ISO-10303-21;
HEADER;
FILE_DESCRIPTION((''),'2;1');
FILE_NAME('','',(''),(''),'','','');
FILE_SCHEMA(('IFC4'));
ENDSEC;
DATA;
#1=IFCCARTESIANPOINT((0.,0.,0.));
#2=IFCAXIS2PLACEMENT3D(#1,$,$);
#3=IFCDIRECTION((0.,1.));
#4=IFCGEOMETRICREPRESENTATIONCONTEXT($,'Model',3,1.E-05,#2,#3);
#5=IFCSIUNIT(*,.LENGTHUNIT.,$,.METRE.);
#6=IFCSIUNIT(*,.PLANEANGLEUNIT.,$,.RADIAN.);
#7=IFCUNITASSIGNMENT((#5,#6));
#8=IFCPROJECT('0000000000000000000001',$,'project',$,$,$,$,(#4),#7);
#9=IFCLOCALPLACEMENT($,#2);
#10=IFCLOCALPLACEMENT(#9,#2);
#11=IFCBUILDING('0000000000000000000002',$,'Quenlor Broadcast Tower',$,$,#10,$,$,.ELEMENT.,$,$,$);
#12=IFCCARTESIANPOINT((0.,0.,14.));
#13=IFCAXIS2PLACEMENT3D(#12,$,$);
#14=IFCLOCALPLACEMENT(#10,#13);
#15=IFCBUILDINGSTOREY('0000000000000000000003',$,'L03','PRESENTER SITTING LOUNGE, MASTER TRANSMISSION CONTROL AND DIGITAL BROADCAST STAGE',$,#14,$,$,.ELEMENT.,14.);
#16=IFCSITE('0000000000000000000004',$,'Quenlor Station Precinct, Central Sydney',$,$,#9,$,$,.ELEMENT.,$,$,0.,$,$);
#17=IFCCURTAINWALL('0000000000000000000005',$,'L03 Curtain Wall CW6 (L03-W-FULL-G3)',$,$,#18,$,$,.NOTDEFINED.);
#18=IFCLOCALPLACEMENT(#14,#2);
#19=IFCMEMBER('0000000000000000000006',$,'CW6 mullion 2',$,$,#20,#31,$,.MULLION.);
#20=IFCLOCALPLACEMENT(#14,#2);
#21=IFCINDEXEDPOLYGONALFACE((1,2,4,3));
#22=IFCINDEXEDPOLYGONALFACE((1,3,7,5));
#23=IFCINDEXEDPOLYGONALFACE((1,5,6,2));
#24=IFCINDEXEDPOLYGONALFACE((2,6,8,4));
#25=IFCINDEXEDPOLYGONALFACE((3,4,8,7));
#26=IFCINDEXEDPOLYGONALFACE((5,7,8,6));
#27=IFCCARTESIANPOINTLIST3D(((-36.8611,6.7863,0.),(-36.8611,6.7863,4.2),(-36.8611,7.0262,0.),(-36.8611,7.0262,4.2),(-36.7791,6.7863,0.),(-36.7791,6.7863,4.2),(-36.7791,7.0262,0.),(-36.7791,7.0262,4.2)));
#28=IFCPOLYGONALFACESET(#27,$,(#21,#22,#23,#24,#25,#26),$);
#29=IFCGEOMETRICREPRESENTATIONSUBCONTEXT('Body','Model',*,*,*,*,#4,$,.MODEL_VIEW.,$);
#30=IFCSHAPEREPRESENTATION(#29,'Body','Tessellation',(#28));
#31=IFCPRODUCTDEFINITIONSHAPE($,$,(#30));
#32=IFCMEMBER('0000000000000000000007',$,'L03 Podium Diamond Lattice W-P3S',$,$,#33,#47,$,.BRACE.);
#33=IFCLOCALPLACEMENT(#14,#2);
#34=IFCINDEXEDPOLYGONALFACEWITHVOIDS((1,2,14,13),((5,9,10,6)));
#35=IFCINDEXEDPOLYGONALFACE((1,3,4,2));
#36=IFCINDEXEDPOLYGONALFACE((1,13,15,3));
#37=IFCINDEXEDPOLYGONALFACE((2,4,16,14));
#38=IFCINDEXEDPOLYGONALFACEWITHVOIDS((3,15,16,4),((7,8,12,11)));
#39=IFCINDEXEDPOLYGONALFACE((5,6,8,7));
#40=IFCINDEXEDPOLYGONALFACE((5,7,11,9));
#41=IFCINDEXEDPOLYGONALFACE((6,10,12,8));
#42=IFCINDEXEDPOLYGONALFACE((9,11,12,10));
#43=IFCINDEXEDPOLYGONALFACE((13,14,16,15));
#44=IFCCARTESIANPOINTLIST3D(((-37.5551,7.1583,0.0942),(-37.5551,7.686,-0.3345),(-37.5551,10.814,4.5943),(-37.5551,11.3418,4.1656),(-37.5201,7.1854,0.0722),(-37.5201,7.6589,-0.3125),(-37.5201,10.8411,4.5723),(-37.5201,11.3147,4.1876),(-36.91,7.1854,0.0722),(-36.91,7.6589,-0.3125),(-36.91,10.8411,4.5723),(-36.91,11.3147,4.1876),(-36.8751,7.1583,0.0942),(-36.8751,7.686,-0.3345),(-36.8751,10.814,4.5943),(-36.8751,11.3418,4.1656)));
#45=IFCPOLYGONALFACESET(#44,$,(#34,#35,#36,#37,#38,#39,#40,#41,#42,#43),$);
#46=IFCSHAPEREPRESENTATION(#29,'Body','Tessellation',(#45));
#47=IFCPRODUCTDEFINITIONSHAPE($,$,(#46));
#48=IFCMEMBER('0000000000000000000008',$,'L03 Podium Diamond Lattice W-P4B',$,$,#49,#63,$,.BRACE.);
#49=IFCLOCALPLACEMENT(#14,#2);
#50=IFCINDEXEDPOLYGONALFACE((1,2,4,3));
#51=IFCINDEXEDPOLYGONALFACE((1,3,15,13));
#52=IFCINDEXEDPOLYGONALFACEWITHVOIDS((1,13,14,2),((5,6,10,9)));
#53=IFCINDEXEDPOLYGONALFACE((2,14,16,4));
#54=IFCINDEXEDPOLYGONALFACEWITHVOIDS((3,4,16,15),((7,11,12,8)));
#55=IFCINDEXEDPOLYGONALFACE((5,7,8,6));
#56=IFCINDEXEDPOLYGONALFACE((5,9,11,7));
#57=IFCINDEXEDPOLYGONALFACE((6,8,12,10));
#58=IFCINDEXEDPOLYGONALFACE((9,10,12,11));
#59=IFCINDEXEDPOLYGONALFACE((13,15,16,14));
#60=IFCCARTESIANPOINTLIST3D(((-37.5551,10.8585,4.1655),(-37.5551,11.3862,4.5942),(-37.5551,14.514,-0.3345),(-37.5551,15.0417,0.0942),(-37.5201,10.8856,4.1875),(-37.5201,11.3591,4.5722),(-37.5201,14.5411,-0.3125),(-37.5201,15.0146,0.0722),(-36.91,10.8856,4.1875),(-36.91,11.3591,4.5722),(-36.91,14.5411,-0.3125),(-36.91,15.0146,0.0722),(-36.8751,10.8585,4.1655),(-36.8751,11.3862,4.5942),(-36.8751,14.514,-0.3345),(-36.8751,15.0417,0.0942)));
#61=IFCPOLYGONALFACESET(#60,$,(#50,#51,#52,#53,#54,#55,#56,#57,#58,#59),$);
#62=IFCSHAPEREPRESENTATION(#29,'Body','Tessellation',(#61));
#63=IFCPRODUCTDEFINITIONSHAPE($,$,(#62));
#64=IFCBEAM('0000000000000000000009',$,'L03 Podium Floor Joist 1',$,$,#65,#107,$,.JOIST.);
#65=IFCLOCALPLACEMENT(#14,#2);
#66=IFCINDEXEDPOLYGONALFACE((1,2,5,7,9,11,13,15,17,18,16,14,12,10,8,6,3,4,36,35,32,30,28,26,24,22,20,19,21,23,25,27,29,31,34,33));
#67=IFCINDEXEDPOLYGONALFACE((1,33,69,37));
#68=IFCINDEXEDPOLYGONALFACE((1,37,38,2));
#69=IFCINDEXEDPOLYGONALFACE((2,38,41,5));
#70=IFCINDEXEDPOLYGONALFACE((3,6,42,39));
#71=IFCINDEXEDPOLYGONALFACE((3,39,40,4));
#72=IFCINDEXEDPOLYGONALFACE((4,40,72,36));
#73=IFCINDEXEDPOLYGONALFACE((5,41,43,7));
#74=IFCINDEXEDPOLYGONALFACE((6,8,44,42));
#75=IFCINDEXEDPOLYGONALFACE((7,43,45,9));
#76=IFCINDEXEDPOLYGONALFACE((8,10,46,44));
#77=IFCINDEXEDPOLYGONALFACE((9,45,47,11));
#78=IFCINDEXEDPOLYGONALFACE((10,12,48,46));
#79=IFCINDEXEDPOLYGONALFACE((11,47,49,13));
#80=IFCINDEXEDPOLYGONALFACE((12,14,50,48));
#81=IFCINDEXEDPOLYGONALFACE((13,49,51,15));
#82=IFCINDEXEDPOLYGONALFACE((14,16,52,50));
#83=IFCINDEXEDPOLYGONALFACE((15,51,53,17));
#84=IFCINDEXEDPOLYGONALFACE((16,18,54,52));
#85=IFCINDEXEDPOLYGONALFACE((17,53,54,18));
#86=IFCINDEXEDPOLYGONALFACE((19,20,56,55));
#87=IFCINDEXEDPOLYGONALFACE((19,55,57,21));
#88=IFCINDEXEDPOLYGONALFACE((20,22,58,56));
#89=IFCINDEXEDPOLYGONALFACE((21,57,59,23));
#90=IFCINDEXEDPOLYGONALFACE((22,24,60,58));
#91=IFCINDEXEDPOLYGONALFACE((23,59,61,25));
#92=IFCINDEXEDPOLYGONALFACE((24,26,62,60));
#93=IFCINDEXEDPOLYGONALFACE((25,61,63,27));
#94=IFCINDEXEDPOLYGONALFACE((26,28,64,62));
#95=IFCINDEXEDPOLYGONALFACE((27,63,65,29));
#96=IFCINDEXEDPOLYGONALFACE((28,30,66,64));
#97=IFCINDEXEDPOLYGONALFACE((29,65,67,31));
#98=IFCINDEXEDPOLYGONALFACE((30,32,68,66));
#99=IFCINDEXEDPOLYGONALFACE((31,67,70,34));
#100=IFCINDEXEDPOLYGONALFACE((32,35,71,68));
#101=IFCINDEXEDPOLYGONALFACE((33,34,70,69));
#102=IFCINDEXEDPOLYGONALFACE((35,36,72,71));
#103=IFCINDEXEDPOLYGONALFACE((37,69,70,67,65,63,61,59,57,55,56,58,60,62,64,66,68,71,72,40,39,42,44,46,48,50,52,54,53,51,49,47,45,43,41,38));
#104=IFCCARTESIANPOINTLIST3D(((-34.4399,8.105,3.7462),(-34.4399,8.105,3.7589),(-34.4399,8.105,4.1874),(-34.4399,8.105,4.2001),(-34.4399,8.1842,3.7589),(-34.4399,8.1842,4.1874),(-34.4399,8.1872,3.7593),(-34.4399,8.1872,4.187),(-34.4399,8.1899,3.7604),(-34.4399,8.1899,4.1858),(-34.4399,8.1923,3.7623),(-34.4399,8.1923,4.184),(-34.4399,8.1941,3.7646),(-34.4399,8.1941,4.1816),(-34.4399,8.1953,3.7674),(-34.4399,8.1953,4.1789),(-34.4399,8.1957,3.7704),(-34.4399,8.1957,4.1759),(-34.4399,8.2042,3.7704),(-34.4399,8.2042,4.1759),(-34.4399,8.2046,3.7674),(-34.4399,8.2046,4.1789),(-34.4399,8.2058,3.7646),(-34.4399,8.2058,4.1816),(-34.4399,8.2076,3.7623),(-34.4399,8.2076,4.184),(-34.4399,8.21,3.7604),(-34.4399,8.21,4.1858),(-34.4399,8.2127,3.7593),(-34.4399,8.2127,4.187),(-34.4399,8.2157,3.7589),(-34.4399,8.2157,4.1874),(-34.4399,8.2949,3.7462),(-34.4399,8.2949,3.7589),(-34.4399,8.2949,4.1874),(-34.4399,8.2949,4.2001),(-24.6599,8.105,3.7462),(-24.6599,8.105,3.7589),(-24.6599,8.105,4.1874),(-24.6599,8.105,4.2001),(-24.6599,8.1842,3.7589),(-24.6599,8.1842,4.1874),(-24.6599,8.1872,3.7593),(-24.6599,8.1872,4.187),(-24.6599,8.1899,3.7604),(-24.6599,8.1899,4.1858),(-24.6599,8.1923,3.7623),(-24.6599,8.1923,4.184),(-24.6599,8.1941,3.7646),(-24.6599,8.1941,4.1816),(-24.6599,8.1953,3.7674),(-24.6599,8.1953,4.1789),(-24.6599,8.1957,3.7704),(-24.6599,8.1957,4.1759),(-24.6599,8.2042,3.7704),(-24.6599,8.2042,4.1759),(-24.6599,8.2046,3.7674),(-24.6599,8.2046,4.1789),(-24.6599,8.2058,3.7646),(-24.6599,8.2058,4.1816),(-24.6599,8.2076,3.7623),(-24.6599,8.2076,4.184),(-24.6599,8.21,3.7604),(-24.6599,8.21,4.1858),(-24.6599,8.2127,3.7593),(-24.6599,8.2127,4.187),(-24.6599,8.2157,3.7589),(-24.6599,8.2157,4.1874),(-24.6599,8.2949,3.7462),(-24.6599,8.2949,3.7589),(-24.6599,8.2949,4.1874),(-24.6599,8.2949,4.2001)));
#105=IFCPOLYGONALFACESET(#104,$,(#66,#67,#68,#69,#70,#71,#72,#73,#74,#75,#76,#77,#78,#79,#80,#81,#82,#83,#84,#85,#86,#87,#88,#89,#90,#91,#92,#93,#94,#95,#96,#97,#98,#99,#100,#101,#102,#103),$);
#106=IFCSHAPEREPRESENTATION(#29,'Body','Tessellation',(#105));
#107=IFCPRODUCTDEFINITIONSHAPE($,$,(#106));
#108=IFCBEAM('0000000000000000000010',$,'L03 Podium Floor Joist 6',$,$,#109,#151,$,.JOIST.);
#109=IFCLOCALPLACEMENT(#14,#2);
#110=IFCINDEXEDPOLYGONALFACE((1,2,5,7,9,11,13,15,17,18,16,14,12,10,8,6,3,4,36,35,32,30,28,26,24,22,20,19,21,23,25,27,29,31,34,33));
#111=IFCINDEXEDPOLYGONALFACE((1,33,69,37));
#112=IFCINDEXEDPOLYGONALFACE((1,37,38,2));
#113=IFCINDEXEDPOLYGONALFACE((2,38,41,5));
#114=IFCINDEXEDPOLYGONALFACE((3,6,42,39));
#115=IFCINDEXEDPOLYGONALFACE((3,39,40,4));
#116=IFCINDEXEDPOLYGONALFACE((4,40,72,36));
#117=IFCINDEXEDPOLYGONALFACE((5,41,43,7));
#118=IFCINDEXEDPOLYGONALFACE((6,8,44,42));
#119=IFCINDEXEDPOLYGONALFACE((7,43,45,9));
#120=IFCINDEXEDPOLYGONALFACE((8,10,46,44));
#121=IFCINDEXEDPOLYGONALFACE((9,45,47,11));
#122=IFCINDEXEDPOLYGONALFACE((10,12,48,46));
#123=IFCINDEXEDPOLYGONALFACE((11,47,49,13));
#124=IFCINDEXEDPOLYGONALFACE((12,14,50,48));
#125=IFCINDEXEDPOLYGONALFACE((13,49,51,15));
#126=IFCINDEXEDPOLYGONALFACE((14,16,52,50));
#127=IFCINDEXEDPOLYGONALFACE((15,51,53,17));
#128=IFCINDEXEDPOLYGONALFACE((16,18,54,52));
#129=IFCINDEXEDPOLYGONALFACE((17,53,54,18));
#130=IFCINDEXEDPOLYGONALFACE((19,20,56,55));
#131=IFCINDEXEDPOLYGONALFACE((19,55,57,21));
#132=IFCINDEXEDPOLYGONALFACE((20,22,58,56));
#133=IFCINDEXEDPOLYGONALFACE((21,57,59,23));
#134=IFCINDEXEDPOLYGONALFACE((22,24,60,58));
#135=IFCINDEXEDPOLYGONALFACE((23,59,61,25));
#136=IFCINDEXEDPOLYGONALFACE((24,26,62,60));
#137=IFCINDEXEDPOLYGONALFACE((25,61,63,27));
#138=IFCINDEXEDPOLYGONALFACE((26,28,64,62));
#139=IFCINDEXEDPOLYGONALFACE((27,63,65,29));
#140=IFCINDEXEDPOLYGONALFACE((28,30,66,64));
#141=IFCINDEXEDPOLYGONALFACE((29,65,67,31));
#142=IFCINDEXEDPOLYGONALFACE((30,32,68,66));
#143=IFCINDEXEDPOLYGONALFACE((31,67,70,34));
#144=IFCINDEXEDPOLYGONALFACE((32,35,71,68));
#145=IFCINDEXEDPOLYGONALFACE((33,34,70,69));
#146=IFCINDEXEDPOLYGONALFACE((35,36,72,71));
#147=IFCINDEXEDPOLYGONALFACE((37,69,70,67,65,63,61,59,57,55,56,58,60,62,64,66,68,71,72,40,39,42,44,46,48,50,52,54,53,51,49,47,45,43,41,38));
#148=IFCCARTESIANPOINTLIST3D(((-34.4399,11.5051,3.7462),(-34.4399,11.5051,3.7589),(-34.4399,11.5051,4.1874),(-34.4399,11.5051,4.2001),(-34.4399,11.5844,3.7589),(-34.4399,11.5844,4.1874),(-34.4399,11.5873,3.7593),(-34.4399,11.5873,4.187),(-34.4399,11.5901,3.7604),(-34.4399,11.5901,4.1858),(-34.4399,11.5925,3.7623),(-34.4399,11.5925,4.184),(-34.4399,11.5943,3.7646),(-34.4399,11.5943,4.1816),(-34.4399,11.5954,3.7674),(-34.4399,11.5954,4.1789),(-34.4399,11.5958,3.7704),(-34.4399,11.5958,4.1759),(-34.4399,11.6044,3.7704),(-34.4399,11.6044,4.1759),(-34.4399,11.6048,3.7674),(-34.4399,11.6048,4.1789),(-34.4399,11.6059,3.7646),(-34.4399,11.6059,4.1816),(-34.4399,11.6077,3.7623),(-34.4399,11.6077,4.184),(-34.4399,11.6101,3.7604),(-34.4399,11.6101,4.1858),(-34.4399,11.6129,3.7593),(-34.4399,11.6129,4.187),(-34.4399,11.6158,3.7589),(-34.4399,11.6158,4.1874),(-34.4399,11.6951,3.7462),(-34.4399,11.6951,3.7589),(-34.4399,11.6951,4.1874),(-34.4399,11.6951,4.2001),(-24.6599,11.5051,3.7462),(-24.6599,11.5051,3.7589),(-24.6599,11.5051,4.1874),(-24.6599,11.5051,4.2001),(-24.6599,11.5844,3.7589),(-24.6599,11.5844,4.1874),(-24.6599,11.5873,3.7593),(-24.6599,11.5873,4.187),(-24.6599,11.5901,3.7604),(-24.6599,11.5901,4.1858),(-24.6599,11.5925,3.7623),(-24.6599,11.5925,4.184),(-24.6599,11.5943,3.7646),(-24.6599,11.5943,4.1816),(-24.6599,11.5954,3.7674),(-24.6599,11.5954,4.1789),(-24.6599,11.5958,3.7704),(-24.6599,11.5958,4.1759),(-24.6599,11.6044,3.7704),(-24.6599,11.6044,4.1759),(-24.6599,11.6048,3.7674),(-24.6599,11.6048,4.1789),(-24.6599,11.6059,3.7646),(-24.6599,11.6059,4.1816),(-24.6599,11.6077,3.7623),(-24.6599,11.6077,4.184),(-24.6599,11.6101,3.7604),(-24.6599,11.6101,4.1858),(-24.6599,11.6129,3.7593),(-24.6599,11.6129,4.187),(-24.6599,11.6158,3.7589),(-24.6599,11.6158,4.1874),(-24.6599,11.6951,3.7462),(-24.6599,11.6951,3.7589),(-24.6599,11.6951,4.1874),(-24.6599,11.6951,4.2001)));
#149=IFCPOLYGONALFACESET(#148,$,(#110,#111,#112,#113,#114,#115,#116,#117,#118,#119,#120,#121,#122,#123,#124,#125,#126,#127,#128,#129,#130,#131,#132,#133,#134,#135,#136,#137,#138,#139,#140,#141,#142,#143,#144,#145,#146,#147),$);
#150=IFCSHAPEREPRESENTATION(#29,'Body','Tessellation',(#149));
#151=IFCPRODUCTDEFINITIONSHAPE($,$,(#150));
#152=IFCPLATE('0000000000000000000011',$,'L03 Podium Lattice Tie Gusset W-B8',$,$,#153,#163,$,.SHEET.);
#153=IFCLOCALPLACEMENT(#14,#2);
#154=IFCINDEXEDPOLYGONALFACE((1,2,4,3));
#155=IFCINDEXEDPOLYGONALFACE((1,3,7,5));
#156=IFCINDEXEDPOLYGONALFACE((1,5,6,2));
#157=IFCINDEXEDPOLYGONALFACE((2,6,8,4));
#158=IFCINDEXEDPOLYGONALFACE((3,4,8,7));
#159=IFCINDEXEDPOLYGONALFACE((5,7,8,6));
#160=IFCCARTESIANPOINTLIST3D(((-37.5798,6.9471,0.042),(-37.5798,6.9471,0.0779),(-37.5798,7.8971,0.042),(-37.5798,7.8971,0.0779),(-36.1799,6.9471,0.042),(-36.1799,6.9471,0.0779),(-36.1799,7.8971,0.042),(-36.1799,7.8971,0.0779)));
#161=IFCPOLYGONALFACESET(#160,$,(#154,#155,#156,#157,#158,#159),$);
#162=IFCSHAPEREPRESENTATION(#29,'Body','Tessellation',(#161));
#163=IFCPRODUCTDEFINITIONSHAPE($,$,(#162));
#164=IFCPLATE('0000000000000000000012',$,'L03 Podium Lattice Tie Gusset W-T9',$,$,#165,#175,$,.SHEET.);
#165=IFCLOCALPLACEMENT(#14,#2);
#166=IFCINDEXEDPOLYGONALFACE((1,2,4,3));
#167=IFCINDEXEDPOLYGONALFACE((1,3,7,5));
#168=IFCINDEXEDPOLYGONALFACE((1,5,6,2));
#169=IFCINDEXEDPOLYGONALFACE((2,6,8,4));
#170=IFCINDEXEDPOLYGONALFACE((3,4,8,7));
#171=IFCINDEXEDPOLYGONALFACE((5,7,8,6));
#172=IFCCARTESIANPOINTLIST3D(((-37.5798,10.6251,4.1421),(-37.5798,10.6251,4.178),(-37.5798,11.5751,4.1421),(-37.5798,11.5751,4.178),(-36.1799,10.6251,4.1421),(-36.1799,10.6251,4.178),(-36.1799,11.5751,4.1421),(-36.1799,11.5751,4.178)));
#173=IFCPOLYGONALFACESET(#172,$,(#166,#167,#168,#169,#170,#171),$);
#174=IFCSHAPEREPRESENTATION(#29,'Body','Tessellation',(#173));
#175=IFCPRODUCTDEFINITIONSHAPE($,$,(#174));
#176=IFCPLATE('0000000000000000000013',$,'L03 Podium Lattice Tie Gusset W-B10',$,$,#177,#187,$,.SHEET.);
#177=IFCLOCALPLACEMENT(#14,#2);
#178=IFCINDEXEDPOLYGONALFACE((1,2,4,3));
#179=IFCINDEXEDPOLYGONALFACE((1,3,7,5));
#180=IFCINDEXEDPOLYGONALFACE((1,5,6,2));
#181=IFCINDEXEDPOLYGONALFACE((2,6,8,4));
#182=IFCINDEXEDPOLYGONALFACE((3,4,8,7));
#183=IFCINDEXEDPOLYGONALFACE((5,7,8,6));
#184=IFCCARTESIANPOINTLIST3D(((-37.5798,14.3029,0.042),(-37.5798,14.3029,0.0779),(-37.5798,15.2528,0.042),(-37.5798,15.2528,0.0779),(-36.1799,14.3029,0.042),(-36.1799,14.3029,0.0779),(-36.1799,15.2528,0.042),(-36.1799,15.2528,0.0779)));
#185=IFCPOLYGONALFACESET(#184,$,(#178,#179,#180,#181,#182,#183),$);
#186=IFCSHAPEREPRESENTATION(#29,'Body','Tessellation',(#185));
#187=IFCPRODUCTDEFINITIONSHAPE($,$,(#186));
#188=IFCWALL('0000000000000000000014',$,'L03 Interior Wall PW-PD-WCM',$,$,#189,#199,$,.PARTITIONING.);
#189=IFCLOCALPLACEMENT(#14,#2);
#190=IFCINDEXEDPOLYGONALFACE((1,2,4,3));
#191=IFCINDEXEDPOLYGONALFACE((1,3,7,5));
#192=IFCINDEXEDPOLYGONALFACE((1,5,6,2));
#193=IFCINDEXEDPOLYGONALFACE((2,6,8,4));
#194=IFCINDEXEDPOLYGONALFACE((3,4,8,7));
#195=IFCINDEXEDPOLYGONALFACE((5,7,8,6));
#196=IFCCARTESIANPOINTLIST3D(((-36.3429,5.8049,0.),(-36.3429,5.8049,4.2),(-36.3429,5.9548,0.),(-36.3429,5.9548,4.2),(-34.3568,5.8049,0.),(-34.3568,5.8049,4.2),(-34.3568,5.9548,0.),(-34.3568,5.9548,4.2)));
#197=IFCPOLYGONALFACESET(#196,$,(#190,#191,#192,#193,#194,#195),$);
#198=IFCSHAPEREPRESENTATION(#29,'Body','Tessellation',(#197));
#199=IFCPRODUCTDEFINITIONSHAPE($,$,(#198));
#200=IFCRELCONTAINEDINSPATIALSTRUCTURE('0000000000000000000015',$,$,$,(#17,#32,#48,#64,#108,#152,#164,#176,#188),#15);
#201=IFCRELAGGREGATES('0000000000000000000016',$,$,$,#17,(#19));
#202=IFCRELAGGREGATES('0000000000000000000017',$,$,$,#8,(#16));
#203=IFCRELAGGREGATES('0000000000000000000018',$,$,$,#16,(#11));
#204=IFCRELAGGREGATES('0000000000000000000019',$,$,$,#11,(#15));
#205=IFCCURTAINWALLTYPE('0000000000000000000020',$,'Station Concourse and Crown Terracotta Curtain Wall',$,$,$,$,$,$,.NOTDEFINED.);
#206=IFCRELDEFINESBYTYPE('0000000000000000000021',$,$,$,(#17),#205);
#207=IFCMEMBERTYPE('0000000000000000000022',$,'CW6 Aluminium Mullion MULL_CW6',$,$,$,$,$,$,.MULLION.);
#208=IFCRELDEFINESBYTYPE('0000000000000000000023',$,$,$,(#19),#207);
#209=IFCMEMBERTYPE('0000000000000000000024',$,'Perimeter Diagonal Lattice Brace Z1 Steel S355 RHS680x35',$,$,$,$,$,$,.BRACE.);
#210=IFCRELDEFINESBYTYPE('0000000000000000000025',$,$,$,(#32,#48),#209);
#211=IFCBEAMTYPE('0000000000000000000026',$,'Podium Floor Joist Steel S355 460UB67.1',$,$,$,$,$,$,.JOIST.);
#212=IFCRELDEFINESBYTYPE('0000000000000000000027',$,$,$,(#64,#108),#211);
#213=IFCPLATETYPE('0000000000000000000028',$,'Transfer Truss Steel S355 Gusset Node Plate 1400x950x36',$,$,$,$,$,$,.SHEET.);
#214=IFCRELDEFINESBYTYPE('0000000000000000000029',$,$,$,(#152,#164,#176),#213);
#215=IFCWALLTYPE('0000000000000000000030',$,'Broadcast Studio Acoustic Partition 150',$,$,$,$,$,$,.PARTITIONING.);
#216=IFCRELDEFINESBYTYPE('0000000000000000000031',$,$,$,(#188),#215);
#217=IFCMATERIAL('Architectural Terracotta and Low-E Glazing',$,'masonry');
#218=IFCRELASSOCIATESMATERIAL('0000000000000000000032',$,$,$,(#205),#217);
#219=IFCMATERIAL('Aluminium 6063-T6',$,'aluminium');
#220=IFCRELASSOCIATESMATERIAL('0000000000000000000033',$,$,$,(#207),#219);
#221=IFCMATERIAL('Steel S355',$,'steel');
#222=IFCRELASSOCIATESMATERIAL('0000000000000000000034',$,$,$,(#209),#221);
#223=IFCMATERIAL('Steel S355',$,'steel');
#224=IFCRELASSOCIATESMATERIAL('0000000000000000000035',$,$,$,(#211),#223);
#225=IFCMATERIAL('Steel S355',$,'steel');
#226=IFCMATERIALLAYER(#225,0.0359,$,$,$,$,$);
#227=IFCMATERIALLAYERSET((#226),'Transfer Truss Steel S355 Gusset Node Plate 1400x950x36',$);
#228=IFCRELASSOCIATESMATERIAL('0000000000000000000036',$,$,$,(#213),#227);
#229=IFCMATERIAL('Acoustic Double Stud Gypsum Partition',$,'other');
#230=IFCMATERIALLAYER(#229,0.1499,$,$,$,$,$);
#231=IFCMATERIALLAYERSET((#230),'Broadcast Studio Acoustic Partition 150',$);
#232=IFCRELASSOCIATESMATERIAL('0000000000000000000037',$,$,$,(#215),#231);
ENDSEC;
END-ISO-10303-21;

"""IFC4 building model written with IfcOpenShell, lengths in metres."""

from ifc_helpers import new_model, si_unit, direction, frame, frame_2d, origin, origin_2d, place, context, subcontext, project, spatial, rectangle, hollow_rectangle, i_section, extrude, material, layer, layer_set, material_profile, profile_set, type_object, element, aggregate, save


model = new_model("IFC4")

# Units and contexts
model_context = context("Model", 3, precision=1e-05, world=origin(), true_north=direction((0.0, 1.0)))
body_context = subcontext(model_context, "Body", "Model", "MODEL_VIEW")
ifc_project = project(units=[si_unit("LENGTHUNIT", "METRE"), si_unit("PLANEANGLEUNIT", "RADIAN")], contexts=[model_context])

# Site, building, storey
site_placement = place(None, origin())
site = spatial("IfcSite", under=ifc_project, at=site_placement, Name="Quenlor Station Precinct, Central Sydney", CompositionType="ELEMENT", RefElevation=0.0)
building_placement = place(site_placement, origin())
building = spatial("IfcBuilding", under=site, at=building_placement, Name="Quenlor Broadcast Tower", CompositionType="ELEMENT")
storey_placement = place(building_placement, frame((0.0, 0.0, 14.0)))
storey = spatial("IfcBuildingStorey", under=building, at=storey_placement, Name="L03", Description="PRESENTER SITTING LOUNGE, MASTER TRANSMISSION CONTROL AND DIGITAL BROADCAST STAGE", CompositionType="ELEMENT", Elevation=14.0)

# Curtain wall, member
ifc_material_1 = material(Name="Architectural Terracotta and Low-E Glazing", Category="masonry")
curtain_wall_type = type_object("IfcCurtainWallType", Name="Station Concourse and Crown Terracotta Curtain Wall", PredefinedType="NOTDEFINED", material=ifc_material_1)
curtain_wall_placement = place(storey_placement, origin())
curtain_wall = element("IfcCurtainWall", 1, at=curtain_wall_placement, inside=storey, type_object=curtain_wall_type, Name="L03 Curtain Wall CW6 (L03-W-FULL-G3)", PredefinedType="NOTDEFINED")
ifc_material_2 = material(Name="Aluminium 6063-T6", Category="aluminium")
ifc_material_profile_1 = material_profile(ifc_material_2, rectangle(XDim=0.082, YDim=0.24, at=origin_2d()))
ifc_profile_set_1 = profile_set([ifc_material_profile_1], Name="Aluminium 6063-T6 MULL82x240")
member_type_1 = type_object("IfcMemberType", Name="CW6 Aluminium Mullion MULL_CW6", PredefinedType="MULLION", material=ifc_profile_set_1)
member_1_placement = place(storey_placement, frame((-36.8201, 6.9062, 0.0), z_axis=(0.0, 0.0, 1.0), x_axis=(-1.0, 0.0, 0.0)))
member_1 = element("IfcMember", 2, at=member_1_placement, type_object=member_type_1, Name="CW6 mullion 2", PredefinedType="MULLION", context=body_context, shape_type="SweptSolid", body=[
    extrude(rectangle(XDim=0.082, YDim=0.24, at=origin_2d()), origin(), (0.0, 0.0, 1.0), 4.2),
])
aggregate(curtain_wall, [member_1])

# Members
ifc_material_3 = material(Name="Steel S355", Category="steel")
ifc_material_profile_2 = material_profile(ifc_material_3, hollow_rectangle(XDim=0.6799, YDim=0.6799, WallThickness=0.0349, at=origin_2d()))
ifc_profile_set_2 = profile_set([ifc_material_profile_2], Name="Steel S355 RHS680x680x35")
member_type_2 = type_object("IfcMemberType", Name="Perimeter Diagonal Lattice Brace Z1 Steel S355 RHS680x35", PredefinedType="BRACE", material=ifc_profile_set_2)
member_2_placement = place(storey_placement, frame((-37.2151, 7.4221, -0.1201), z_axis=(0.0, 0.630542, 0.776155), x_axis=(-1.0, 0.0, 0.0)))
element("IfcMember", 3, at=member_2_placement, inside=storey, type_object=member_type_2, Name="L03 Podium Diamond Lattice W-P3S", PredefinedType="BRACE", context=body_context, shape_type="SweptSolid", body=[
    extrude(hollow_rectangle(XDim=0.6799, YDim=0.6799, WallThickness=0.0349, at=origin_2d()), origin(), (0.0, 0.0, 1.0), 5.7979),
])
member_3_placement = place(storey_placement, frame((-37.2151, 14.7778, -0.1201), z_axis=(0.0, -0.630517, 0.776176), x_axis=(1.0, 0.0, 0.0)))
element("IfcMember", 4, at=member_3_placement, inside=storey, type_object=member_type_2, Name="L03 Podium Diamond Lattice W-P4B", PredefinedType="BRACE", context=body_context, shape_type="SweptSolid", body=[
    extrude(hollow_rectangle(XDim=0.6799, YDim=0.6799, WallThickness=0.0349, at=origin_2d()), origin(), (0.0, 0.0, 1.0), 5.7976),
])

# Beams
ifc_material_4 = material(Name="Steel S355", Category="steel")
ifc_material_profile_3 = material_profile(ifc_material_4, i_section(OverallWidth=0.1899, OverallDepth=0.4539, WebThickness=0.0085, FlangeThickness=0.0127, FilletRadius=0.0115, at=origin_2d()))
ifc_profile_set_3 = profile_set([ifc_material_profile_3], Name="Steel S355 460UB67.1")
beam_type = type_object("IfcBeamType", Name="Podium Floor Joist Steel S355 460UB67.1", PredefinedType="JOIST", material=ifc_profile_set_3)
for number, where, z_axis, x_axis, name in (
    (5, (-34.4399, 8.2, 3.9731), (1.0, 0.0, 0.0), (0.0, 1.0, 0.0), "L03 Podium Floor Joist 1"),
    (6, (-34.4399, 11.6001, 3.9731), (1.0, 0.0, 0.0), (0.0, 1.0, 0.0), "L03 Podium Floor Joist 6"),
):
    element("IfcBeam", number, at=place(storey_placement, frame(where, z_axis=z_axis, x_axis=x_axis)), inside=storey, type_object=beam_type, Name=name, PredefinedType="JOIST", context=body_context, shape_type="SweptSolid", body=[
        extrude(i_section(OverallWidth=0.1899, OverallDepth=0.4539, WebThickness=0.0085, FlangeThickness=0.0127, FilletRadius=0.0115, at=origin_2d()), origin(), (0.0, 0.0, 1.0), 9.78),
    ])

# Plates
ifc_material_5 = material(Name="Steel S355", Category="steel")
ifc_layer_1 = layer(ifc_material_5, 0.0359)
ifc_layer_set_1 = layer_set([ifc_layer_1], Name="Transfer Truss Steel S355 Gusset Node Plate 1400x950x36")
plate_type = type_object("IfcPlateType", Name="Transfer Truss Steel S355 Gusset Node Plate 1400x950x36", PredefinedType="SHEET", material=ifc_layer_set_1)
for number, where, z_axis, x_axis, name in (
    (7, (-36.8799, 7.4221, 0.042), (0.0, 0.0, 1.0), (-1.0, 0.0, 0.0), "L03 Podium Lattice Tie Gusset W-B8"),
    (8, (-36.8799, 11.1001, 4.1421), (0.0, 0.0, 1.0), (-1.0, 0.0, 0.0), "L03 Podium Lattice Tie Gusset W-T9"),
    (9, (-36.8799, 14.7778, 0.042), (0.0, 0.0, 1.0), (-1.0, 0.0, 0.0), "L03 Podium Lattice Tie Gusset W-B10"),
):
    element("IfcPlate", number, at=place(storey_placement, frame(where, z_axis=z_axis, x_axis=x_axis)), inside=storey, type_object=plate_type, Name=name, PredefinedType="SHEET", context=body_context, shape_type="SweptSolid", body=[
        extrude(rectangle(XDim=1.3999, YDim=0.95, at=origin_2d()), origin(), (0.0, 0.0, 1.0), 0.0359),
    ])

# Wall
ifc_material_6 = material(Name="Acoustic Double Stud Gypsum Partition", Category="other")
ifc_layer_2 = layer(ifc_material_6, 0.1499)
ifc_layer_set_2 = layer_set([ifc_layer_2], Name="Broadcast Studio Acoustic Partition 150")
wall_type_1 = type_object("IfcWallType", Name="Broadcast Studio Acoustic Partition 150", PredefinedType="PARTITIONING", material=ifc_layer_set_2)
wall_1_placement = place(storey_placement, frame((-36.343, 5.8799, 0.0), z_axis=(0.0, 0.0, 1.0), x_axis=(1.0, 0.0, 0.0)))
element("IfcWall", 10, at=wall_1_placement, inside=storey, type_object=wall_type_1, Name="L03 Interior Wall PW-PD-WCM", PredefinedType="PARTITIONING", context=body_context, shape_type="SweptSolid", body=[
    extrude(rectangle(XDim=1.9861, YDim=0.1499, at=frame_2d((0.9932, 0.0))), origin(), (0.0, 0.0, 1.0), 4.2),
])

save(model, "model.ifc")
